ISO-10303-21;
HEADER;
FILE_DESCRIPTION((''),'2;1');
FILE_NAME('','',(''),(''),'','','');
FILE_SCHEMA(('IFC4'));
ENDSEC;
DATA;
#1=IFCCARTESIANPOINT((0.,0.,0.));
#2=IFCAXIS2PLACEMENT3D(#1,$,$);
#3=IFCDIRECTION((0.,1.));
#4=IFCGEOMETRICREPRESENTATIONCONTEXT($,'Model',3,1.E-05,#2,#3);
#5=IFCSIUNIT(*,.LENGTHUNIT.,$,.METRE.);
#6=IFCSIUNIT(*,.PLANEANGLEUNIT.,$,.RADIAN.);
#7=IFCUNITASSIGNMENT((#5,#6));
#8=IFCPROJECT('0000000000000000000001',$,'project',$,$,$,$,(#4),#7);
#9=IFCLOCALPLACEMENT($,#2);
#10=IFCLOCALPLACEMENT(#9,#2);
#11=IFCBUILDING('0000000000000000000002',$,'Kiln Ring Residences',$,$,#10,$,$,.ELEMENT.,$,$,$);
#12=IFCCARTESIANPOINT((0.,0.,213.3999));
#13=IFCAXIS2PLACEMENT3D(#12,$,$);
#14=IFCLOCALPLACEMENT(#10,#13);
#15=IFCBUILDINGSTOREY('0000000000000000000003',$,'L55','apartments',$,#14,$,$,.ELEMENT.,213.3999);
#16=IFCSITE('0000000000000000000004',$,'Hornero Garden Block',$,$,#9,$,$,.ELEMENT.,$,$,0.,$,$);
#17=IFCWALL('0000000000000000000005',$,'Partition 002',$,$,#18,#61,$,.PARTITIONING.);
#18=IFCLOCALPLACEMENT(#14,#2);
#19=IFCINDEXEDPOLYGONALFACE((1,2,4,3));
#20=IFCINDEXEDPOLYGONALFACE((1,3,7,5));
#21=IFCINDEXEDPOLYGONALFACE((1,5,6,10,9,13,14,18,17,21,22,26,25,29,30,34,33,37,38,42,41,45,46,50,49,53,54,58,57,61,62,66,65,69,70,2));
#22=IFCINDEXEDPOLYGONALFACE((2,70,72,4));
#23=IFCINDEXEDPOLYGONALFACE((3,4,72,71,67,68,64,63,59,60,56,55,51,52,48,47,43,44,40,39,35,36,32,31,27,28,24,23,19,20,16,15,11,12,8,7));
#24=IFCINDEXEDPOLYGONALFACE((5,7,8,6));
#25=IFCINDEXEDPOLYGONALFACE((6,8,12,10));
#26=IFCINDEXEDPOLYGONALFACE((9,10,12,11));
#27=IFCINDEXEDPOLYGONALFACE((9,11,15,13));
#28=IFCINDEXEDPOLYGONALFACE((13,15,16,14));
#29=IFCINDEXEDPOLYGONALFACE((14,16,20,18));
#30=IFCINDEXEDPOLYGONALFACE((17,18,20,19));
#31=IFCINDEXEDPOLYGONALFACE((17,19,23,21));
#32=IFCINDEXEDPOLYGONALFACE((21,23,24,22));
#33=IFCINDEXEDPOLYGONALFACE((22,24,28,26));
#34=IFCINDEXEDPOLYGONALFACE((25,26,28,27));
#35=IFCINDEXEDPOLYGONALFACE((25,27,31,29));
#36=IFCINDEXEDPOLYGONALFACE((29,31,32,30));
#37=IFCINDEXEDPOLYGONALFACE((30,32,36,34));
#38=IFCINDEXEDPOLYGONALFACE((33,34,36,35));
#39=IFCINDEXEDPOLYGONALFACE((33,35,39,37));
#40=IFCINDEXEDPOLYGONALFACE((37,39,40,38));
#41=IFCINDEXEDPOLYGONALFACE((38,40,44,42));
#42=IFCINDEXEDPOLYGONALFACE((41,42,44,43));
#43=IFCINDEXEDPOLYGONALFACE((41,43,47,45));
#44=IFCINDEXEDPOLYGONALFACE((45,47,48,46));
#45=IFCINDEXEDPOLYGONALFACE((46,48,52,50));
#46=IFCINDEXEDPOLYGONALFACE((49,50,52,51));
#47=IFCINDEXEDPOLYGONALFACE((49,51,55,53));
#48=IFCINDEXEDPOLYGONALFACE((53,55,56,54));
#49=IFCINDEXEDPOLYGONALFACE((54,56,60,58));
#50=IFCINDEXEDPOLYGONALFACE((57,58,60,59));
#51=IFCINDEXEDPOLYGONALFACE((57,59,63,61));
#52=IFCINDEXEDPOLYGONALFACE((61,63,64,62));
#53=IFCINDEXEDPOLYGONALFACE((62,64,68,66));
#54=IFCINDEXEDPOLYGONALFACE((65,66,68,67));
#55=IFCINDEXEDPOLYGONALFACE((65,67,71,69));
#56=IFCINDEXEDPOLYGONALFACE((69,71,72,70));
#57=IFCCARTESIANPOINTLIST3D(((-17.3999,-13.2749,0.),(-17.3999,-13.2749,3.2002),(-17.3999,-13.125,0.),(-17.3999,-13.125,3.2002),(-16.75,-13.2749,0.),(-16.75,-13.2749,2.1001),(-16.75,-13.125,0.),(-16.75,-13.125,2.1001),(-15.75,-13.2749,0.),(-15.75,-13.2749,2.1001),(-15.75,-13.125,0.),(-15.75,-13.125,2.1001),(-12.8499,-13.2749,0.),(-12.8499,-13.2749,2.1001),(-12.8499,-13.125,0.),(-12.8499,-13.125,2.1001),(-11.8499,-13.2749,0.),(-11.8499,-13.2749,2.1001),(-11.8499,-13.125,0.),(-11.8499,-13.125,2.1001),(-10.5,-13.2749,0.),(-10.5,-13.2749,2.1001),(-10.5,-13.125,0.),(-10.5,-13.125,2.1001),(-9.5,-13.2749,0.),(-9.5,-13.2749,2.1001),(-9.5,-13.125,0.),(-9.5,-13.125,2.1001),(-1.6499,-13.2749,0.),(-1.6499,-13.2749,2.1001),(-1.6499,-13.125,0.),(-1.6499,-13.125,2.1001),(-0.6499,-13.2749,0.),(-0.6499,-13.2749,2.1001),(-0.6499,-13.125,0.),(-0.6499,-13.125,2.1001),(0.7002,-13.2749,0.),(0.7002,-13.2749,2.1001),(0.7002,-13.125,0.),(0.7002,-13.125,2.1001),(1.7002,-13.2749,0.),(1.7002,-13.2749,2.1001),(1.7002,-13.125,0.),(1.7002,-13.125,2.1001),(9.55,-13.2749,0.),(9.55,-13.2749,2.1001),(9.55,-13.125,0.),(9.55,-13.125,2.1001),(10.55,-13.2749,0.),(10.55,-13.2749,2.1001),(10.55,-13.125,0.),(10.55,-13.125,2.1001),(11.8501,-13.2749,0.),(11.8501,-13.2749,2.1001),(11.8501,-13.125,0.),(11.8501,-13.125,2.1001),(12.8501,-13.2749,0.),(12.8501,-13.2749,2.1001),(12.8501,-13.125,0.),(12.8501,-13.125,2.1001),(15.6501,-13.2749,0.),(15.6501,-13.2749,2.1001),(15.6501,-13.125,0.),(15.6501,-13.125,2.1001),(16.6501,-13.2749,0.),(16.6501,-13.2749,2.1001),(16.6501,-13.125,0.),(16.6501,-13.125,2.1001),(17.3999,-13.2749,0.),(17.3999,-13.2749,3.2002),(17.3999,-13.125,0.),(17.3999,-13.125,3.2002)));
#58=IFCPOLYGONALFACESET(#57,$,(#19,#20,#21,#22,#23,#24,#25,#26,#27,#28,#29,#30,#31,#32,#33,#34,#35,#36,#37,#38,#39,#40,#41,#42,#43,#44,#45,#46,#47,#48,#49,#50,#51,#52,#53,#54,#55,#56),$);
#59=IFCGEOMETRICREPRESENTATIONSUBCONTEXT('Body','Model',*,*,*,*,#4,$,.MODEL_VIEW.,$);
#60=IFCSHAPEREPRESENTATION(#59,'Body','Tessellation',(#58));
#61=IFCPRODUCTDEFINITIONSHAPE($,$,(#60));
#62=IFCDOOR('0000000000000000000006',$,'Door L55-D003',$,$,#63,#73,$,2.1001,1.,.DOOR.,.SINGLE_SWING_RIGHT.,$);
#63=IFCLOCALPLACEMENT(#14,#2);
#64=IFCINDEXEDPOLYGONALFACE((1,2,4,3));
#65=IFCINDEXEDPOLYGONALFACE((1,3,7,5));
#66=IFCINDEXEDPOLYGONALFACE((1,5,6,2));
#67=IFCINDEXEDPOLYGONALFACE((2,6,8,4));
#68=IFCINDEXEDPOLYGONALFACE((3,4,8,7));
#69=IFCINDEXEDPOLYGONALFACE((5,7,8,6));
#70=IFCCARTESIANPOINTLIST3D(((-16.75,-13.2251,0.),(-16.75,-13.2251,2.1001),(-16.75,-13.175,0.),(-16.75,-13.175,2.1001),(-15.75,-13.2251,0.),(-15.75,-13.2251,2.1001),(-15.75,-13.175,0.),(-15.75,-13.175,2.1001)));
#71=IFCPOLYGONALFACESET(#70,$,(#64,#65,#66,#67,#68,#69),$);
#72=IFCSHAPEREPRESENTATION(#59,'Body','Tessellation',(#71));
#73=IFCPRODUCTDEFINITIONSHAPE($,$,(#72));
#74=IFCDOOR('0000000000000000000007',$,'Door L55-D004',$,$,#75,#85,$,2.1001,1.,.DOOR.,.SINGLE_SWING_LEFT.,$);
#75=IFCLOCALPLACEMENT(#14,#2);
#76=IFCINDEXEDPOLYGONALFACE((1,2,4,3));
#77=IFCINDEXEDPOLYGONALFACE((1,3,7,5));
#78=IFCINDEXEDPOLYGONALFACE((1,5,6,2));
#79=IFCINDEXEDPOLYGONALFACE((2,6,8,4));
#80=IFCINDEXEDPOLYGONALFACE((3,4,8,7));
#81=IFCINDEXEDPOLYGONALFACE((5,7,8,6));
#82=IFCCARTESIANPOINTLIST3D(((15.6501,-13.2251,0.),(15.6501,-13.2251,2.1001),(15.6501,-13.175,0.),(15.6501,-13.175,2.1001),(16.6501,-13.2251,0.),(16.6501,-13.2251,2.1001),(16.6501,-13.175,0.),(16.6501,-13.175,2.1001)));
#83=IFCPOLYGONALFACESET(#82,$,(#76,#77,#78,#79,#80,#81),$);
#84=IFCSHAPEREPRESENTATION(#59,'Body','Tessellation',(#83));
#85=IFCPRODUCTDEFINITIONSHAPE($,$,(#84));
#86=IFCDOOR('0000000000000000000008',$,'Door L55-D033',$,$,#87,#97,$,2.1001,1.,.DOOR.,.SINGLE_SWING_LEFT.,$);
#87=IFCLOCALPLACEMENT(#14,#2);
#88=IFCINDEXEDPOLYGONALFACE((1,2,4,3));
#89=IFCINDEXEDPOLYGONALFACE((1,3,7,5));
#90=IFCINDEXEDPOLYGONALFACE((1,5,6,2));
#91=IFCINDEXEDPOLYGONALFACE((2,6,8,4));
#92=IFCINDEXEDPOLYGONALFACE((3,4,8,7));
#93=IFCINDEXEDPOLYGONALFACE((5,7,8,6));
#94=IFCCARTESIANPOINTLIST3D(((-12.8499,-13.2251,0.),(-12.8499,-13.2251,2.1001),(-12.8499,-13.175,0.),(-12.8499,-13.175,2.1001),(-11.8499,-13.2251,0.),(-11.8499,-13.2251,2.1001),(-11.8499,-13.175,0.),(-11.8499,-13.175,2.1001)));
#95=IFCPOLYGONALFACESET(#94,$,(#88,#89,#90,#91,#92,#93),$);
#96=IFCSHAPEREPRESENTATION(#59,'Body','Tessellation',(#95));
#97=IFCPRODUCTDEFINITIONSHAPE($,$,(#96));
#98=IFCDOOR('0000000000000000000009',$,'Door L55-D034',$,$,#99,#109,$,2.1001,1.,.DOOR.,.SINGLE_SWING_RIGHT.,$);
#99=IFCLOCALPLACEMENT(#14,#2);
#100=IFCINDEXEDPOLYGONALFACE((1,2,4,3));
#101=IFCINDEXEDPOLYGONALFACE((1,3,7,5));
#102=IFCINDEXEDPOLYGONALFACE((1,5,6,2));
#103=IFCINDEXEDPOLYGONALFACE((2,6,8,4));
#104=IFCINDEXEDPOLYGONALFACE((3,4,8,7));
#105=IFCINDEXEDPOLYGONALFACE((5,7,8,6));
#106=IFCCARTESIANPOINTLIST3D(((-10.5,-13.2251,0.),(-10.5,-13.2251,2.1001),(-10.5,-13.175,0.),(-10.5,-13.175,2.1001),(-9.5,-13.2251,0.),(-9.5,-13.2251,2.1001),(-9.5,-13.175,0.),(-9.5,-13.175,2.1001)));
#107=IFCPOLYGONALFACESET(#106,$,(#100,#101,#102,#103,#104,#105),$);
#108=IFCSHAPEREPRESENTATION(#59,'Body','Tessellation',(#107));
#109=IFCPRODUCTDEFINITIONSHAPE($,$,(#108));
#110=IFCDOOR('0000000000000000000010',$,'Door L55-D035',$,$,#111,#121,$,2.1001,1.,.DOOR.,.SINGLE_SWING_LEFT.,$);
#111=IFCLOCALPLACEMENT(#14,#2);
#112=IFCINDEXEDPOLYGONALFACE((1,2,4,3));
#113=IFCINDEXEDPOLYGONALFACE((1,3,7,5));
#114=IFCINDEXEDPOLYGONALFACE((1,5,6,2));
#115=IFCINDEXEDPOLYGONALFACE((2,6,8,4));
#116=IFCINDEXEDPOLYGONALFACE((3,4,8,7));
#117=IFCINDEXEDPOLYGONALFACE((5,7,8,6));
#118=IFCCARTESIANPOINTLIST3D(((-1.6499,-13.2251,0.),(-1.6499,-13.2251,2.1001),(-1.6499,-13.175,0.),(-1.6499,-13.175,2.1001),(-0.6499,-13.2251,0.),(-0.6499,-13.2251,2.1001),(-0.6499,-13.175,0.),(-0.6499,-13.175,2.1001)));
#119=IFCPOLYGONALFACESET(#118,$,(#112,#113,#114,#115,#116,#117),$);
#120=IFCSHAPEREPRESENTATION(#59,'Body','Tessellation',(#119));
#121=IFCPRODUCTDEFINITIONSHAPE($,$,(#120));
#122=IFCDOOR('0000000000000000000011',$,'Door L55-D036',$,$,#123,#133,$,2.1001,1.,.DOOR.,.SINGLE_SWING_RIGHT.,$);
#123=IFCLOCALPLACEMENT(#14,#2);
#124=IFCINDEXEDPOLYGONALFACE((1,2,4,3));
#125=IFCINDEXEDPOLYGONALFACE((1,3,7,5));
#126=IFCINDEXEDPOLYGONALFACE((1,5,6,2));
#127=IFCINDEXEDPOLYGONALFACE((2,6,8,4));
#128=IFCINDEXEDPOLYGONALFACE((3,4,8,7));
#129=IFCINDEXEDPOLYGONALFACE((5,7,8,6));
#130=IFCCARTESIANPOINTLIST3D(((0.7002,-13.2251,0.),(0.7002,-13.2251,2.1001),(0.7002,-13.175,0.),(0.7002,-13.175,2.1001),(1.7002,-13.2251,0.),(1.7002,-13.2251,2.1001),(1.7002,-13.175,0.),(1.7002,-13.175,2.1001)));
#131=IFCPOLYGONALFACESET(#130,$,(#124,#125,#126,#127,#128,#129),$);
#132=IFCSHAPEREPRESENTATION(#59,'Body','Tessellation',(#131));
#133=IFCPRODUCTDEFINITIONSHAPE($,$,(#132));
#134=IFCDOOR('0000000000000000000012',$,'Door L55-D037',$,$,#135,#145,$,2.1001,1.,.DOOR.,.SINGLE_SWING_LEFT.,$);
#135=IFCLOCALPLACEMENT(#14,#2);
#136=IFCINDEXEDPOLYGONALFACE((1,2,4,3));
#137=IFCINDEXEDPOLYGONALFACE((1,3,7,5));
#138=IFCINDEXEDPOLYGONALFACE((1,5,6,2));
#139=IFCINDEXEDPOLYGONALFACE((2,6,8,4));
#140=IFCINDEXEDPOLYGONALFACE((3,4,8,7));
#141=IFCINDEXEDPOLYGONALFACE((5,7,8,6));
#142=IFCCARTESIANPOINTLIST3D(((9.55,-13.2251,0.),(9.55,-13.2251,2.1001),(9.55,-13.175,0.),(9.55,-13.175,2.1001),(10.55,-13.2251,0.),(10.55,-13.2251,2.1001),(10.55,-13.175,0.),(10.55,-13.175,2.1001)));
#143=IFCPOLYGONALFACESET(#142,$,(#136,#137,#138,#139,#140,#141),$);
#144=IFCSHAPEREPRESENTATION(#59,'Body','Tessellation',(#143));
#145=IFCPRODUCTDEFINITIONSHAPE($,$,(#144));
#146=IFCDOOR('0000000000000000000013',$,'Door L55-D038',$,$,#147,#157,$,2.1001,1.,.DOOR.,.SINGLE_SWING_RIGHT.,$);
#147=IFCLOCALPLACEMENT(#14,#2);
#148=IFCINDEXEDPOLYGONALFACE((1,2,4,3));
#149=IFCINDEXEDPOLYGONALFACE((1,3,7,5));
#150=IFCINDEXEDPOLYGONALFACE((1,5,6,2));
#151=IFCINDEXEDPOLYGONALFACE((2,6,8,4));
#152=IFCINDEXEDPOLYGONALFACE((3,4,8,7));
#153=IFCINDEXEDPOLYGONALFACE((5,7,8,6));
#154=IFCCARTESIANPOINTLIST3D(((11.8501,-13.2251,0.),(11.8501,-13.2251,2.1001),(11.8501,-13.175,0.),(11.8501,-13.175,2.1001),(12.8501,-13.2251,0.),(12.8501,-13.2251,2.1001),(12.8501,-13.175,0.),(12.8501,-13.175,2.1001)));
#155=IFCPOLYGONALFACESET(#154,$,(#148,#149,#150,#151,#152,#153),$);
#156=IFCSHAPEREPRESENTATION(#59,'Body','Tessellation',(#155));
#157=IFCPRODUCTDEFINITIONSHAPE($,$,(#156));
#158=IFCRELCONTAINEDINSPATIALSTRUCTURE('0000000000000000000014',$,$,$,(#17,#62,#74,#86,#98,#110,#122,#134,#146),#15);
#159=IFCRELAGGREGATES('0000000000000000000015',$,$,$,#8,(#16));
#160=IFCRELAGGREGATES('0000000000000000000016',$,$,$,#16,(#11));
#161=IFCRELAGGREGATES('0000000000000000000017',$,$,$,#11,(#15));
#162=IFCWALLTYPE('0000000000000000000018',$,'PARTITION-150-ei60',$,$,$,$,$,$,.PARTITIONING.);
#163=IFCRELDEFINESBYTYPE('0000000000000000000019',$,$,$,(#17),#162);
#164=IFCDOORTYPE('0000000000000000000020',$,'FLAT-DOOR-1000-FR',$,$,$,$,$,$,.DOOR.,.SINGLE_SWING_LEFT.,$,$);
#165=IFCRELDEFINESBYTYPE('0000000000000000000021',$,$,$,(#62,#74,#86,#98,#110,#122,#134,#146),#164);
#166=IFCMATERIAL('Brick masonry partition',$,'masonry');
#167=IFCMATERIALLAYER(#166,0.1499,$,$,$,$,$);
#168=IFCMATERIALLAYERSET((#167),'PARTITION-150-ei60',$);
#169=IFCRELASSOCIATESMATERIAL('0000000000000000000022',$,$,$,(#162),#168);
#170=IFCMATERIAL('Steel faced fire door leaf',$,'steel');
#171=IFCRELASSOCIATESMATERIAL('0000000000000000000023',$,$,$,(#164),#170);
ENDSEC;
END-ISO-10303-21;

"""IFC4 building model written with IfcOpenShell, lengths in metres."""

from ifc_helpers import new_model, si_unit, direction, frame, frame_2d, origin, place, context, subcontext, project, spatial, rectangle, extrude, material, layer, layer_set, type_object, element, fill, save


model = new_model("IFC4")

# Units and contexts
model_context = context("Model", 3, precision=1e-05, world=origin(), true_north=direction((0.0, 1.0)))
body_context = subcontext(model_context, "Body", "Model", "MODEL_VIEW")
ifc_project = project(units=[si_unit("LENGTHUNIT", "METRE"), si_unit("PLANEANGLEUNIT", "RADIAN")], contexts=[model_context])

# Site, building, storey
site_placement = place(None, origin())
site = spatial("IfcSite", under=ifc_project, at=site_placement, Name="Hornero Garden Block", CompositionType="ELEMENT", RefElevation=0.0)
building_placement = place(site_placement, origin())
building = spatial("IfcBuilding", under=site, at=building_placement, Name="Kiln Ring Residences", CompositionType="ELEMENT")
storey_placement = place(building_placement, frame((0.0, 0.0, 213.3999)))
storey = spatial("IfcBuildingStorey", under=building, at=storey_placement, Name="L55", Description="apartments", CompositionType="ELEMENT", Elevation=213.3999)

# Wall, openings, doors
ifc_material_1 = material(Name="Brick masonry partition", Category="masonry")
ifc_layer_1 = layer(ifc_material_1, 0.1499)
ifc_layer_set_1 = layer_set([ifc_layer_1], Name="PARTITION-150-ei60")
wall_type_1 = type_object("IfcWallType", Name="PARTITION-150-ei60", PredefinedType="PARTITIONING", material=ifc_layer_set_1)
wall_1_placement = place(storey_placement, frame((-17.3999, -13.2, 0.0), z_axis=(0.0, 0.0, 1.0), x_axis=(1.0, 0.0, 0.0)))
wall_1 = element("IfcWall", 1, at=wall_1_placement, inside=storey, type_object=wall_type_1, Name="Partition 002", PredefinedType="PARTITIONING", context=body_context, shape_type="SweptSolid", body=[
    extrude(rectangle(XDim=34.7998, YDim=0.1499, at=frame_2d((17.3999, 0.0))), origin(), (0.0, 0.0, 1.0), 3.2002),
])
opening_1_placement = place(wall_1_placement, frame((0.6499, 0.0, 0.0)))
opening_1 = element("IfcOpeningElement", 2, at=opening_1_placement, cuts=wall_1, PredefinedType="OPENING", context=body_context, shape_type="SweptSolid", body=[
    extrude(rectangle(XDim=1.0, YDim=2.1001, at=frame_2d((0.5, 1.05))), frame((0.0, 0.085, 0.0), z_axis=(0.0, -1.0, 0.0), x_axis=(1.0, 0.0, 0.0)), (0.0, 0.0, 1.0), 0.1699),
])
opening_2_placement = place(wall_1_placement, frame((33.05, 0.0, 0.0)))
opening_2 = element("IfcOpeningElement", 3, at=opening_2_placement, cuts=wall_1, PredefinedType="OPENING", context=body_context, shape_type="SweptSolid", body=[
    extrude(rectangle(XDim=1.0, YDim=2.1001, at=frame_2d((0.5, 1.05))), frame((0.0, 0.085, 0.0), z_axis=(0.0, -1.0, 0.0), x_axis=(1.0, 0.0, 0.0)), (0.0, 0.0, 1.0), 0.1699),
])
opening_3_placement = place(wall_1_placement, frame((4.55, 0.0, 0.0)))
opening_3 = element("IfcOpeningElement", 4, at=opening_3_placement, cuts=wall_1, PredefinedType="OPENING", context=body_context, shape_type="SweptSolid", body=[
    extrude(rectangle(XDim=1.0, YDim=2.1001, at=frame_2d((0.5, 1.05))), frame((0.0, 0.085, 0.0), z_axis=(0.0, -1.0, 0.0), x_axis=(1.0, 0.0, 0.0)), (0.0, 0.0, 1.0), 0.1699),
])
opening_4_placement = place(wall_1_placement, frame((6.8999, 0.0, 0.0)))
opening_4 = element("IfcOpeningElement", 5, at=opening_4_placement, cuts=wall_1, PredefinedType="OPENING", context=body_context, shape_type="SweptSolid", body=[
    extrude(rectangle(XDim=1.0, YDim=2.1001, at=frame_2d((0.5, 1.05))), frame((0.0, 0.085, 0.0), z_axis=(0.0, -1.0, 0.0), x_axis=(1.0, 0.0, 0.0)), (0.0, 0.0, 1.0), 0.1699),
])
opening_5_placement = place(wall_1_placement, frame((15.75, 0.0, 0.0)))
opening_5 = element("IfcOpeningElement", 6, at=opening_5_placement, cuts=wall_1, PredefinedType="OPENING", context=body_context, shape_type="SweptSolid", body=[
    extrude(rectangle(XDim=1.0, YDim=2.1001, at=frame_2d((0.5, 1.05))), frame((0.0, 0.085, 0.0), z_axis=(0.0, -1.0, 0.0), x_axis=(1.0, 0.0, 0.0)), (0.0, 0.0, 1.0), 0.1699),
])
opening_6_placement = place(wall_1_placement, frame((18.1001, 0.0, 0.0)))
opening_6 = element("IfcOpeningElement", 7, at=opening_6_placement, cuts=wall_1, PredefinedType="OPENING", context=body_context, shape_type="SweptSolid", body=[
    extrude(rectangle(XDim=1.0, YDim=2.1001, at=frame_2d((0.5, 1.05))), frame((0.0, 0.085, 0.0), z_axis=(0.0, -1.0, 0.0), x_axis=(1.0, 0.0, 0.0)), (0.0, 0.0, 1.0), 0.1699),
])
opening_7_placement = place(wall_1_placement, frame((26.95, 0.0, 0.0)))
opening_7 = element("IfcOpeningElement", 8, at=opening_7_placement, cuts=wall_1, PredefinedType="OPENING", context=body_context, shape_type="SweptSolid", body=[
    extrude(rectangle(XDim=1.0, YDim=2.1001, at=frame_2d((0.5, 1.05))), frame((0.0, 0.085, 0.0), z_axis=(0.0, -1.0, 0.0), x_axis=(1.0, 0.0, 0.0)), (0.0, 0.0, 1.0), 0.1699),
])
opening_8_placement = place(wall_1_placement, frame((29.25, 0.0, 0.0)))
opening_8 = element("IfcOpeningElement", 9, at=opening_8_placement, cuts=wall_1, PredefinedType="OPENING", context=body_context, shape_type="SweptSolid", body=[
    extrude(rectangle(XDim=1.0, YDim=2.1001, at=frame_2d((0.5, 1.05))), frame((0.0, 0.085, 0.0), z_axis=(0.0, -1.0, 0.0), x_axis=(1.0, 0.0, 0.0)), (0.0, 0.0, 1.0), 0.1699),
])
ifc_material_2 = material(Name="Steel faced fire door leaf", Category="steel")
door_type_1 = type_object("IfcDoorType", Name="FLAT-DOOR-1000-FR", OperationType="SINGLE_SWING_LEFT", PredefinedType="DOOR", material=ifc_material_2)
door_1_placement = place(opening_1_placement, origin())
door_1 = element("IfcDoor", 10, at=door_1_placement, inside=storey, type_object=door_type_1, Name="Door L55-D003", OperationType="SINGLE_SWING_RIGHT", OverallHeight=2.1001, OverallWidth=1.0, PredefinedType="DOOR", context=body_context, shape_type="SweptSolid", body=[
    extrude(rectangle(XDim=1.0, YDim=2.1001, at=frame_2d((0.5, 1.05))), frame((0.0, 0.0249, 0.0), z_axis=(0.0, -1.0, 0.0), x_axis=(1.0, 0.0, 0.0)), (0.0, 0.0, 1.0), 0.05),
])
fill(opening_1, door_1)
door_2_placement = place(opening_2_placement, origin())
door_2 = element("IfcDoor", 11, at=door_2_placement, inside=storey, type_object=door_type_1, Name="Door L55-D004", OperationType="SINGLE_SWING_LEFT", OverallHeight=2.1001, OverallWidth=1.0, PredefinedType="DOOR", context=body_context, shape_type="SweptSolid", body=[
    extrude(rectangle(XDim=1.0, YDim=2.1001, at=frame_2d((0.5, 1.05))), frame((0.0, 0.0249, 0.0), z_axis=(0.0, -1.0, 0.0), x_axis=(1.0, 0.0, 0.0)), (0.0, 0.0, 1.0), 0.05),
])
fill(opening_2, door_2)
door_3_placement = place(opening_3_placement, origin())
door_3 = element("IfcDoor", 12, at=door_3_placement, inside=storey, type_object=door_type_1, Name="Door L55-D033", OperationType="SINGLE_SWING_LEFT", OverallHeight=2.1001, OverallWidth=1.0, PredefinedType="DOOR", context=body_context, shape_type="SweptSolid", body=[
    extrude(rectangle(XDim=1.0, YDim=2.1001, at=frame_2d((0.5, 1.05))), frame((0.0, 0.0249, 0.0), z_axis=(0.0, -1.0, 0.0), x_axis=(1.0, 0.0, 0.0)), (0.0, 0.0, 1.0), 0.05),
])
fill(opening_3, door_3)
door_4_placement = place(opening_4_placement, origin())
door_4 = element("IfcDoor", 13, at=door_4_placement, inside=storey, type_object=door_type_1, Name="Door L55-D034", OperationType="SINGLE_SWING_RIGHT", OverallHeight=2.1001, OverallWidth=1.0, PredefinedType="DOOR", context=body_context, shape_type="SweptSolid", body=[
    extrude(rectangle(XDim=1.0, YDim=2.1001, at=frame_2d((0.5, 1.05))), frame((0.0, 0.0249, 0.0), z_axis=(0.0, -1.0, 0.0), x_axis=(1.0, 0.0, 0.0)), (0.0, 0.0, 1.0), 0.05),
])
fill(opening_4, door_4)
door_5_placement = place(opening_5_placement, origin())
door_5 = element("IfcDoor", 14, at=door_5_placement, inside=storey, type_object=door_type_1, Name="Door L55-D035", OperationType="SINGLE_SWING_LEFT", OverallHeight=2.1001, OverallWidth=1.0, PredefinedType="DOOR", context=body_context, shape_type="SweptSolid", body=[
    extrude(rectangle(XDim=1.0, YDim=2.1001, at=frame_2d((0.5, 1.05))), frame((0.0, 0.0249, 0.0), z_axis=(0.0, -1.0, 0.0), x_axis=(1.0, 0.0, 0.0)), (0.0, 0.0, 1.0), 0.05),
])
fill(opening_5, door_5)
door_6_placement = place(opening_6_placement, origin())
door_6 = element("IfcDoor", 15, at=door_6_placement, inside=storey, type_object=door_type_1, Name="Door L55-D036", OperationType="SINGLE_SWING_RIGHT", OverallHeight=2.1001, OverallWidth=1.0, PredefinedType="DOOR", context=body_context, shape_type="SweptSolid", body=[
    extrude(rectangle(XDim=1.0, YDim=2.1001, at=frame_2d((0.5, 1.05))), frame((0.0, 0.0249, 0.0), z_axis=(0.0, -1.0, 0.0), x_axis=(1.0, 0.0, 0.0)), (0.0, 0.0, 1.0), 0.05),
])
fill(opening_6, door_6)
door_7_placement = place(opening_7_placement, origin())
door_7 = element("IfcDoor", 16, at=door_7_placement, inside=storey, type_object=door_type_1, Name="Door L55-D037", OperationType="SINGLE_SWING_LEFT", OverallHeight=2.1001, OverallWidth=1.0, PredefinedType="DOOR", context=body_context, shape_type="SweptSolid", body=[
    extrude(rectangle(XDim=1.0, YDim=2.1001, at=frame_2d((0.5, 1.05))), frame((0.0, 0.0249, 0.0), z_axis=(0.0, -1.0, 0.0), x_axis=(1.0, 0.0, 0.0)), (0.0, 0.0, 1.0), 0.05),
])
fill(opening_7, door_7)
door_8_placement = place(opening_8_placement, origin())
door_8 = element("IfcDoor", 17, at=door_8_placement, inside=storey, type_object=door_type_1, Name="Door L55-D038", OperationType="SINGLE_SWING_RIGHT", OverallHeight=2.1001, OverallWidth=1.0, PredefinedType="DOOR", context=body_context, shape_type="SweptSolid", body=[
    extrude(rectangle(XDim=1.0, YDim=2.1001, at=frame_2d((0.5, 1.05))), frame((0.0, 0.0249, 0.0), z_axis=(0.0, -1.0, 0.0), x_axis=(1.0, 0.0, 0.0)), (0.0, 0.0, 1.0), 0.05),
])
fill(opening_8, door_8)

save(model, "model.ifc")
